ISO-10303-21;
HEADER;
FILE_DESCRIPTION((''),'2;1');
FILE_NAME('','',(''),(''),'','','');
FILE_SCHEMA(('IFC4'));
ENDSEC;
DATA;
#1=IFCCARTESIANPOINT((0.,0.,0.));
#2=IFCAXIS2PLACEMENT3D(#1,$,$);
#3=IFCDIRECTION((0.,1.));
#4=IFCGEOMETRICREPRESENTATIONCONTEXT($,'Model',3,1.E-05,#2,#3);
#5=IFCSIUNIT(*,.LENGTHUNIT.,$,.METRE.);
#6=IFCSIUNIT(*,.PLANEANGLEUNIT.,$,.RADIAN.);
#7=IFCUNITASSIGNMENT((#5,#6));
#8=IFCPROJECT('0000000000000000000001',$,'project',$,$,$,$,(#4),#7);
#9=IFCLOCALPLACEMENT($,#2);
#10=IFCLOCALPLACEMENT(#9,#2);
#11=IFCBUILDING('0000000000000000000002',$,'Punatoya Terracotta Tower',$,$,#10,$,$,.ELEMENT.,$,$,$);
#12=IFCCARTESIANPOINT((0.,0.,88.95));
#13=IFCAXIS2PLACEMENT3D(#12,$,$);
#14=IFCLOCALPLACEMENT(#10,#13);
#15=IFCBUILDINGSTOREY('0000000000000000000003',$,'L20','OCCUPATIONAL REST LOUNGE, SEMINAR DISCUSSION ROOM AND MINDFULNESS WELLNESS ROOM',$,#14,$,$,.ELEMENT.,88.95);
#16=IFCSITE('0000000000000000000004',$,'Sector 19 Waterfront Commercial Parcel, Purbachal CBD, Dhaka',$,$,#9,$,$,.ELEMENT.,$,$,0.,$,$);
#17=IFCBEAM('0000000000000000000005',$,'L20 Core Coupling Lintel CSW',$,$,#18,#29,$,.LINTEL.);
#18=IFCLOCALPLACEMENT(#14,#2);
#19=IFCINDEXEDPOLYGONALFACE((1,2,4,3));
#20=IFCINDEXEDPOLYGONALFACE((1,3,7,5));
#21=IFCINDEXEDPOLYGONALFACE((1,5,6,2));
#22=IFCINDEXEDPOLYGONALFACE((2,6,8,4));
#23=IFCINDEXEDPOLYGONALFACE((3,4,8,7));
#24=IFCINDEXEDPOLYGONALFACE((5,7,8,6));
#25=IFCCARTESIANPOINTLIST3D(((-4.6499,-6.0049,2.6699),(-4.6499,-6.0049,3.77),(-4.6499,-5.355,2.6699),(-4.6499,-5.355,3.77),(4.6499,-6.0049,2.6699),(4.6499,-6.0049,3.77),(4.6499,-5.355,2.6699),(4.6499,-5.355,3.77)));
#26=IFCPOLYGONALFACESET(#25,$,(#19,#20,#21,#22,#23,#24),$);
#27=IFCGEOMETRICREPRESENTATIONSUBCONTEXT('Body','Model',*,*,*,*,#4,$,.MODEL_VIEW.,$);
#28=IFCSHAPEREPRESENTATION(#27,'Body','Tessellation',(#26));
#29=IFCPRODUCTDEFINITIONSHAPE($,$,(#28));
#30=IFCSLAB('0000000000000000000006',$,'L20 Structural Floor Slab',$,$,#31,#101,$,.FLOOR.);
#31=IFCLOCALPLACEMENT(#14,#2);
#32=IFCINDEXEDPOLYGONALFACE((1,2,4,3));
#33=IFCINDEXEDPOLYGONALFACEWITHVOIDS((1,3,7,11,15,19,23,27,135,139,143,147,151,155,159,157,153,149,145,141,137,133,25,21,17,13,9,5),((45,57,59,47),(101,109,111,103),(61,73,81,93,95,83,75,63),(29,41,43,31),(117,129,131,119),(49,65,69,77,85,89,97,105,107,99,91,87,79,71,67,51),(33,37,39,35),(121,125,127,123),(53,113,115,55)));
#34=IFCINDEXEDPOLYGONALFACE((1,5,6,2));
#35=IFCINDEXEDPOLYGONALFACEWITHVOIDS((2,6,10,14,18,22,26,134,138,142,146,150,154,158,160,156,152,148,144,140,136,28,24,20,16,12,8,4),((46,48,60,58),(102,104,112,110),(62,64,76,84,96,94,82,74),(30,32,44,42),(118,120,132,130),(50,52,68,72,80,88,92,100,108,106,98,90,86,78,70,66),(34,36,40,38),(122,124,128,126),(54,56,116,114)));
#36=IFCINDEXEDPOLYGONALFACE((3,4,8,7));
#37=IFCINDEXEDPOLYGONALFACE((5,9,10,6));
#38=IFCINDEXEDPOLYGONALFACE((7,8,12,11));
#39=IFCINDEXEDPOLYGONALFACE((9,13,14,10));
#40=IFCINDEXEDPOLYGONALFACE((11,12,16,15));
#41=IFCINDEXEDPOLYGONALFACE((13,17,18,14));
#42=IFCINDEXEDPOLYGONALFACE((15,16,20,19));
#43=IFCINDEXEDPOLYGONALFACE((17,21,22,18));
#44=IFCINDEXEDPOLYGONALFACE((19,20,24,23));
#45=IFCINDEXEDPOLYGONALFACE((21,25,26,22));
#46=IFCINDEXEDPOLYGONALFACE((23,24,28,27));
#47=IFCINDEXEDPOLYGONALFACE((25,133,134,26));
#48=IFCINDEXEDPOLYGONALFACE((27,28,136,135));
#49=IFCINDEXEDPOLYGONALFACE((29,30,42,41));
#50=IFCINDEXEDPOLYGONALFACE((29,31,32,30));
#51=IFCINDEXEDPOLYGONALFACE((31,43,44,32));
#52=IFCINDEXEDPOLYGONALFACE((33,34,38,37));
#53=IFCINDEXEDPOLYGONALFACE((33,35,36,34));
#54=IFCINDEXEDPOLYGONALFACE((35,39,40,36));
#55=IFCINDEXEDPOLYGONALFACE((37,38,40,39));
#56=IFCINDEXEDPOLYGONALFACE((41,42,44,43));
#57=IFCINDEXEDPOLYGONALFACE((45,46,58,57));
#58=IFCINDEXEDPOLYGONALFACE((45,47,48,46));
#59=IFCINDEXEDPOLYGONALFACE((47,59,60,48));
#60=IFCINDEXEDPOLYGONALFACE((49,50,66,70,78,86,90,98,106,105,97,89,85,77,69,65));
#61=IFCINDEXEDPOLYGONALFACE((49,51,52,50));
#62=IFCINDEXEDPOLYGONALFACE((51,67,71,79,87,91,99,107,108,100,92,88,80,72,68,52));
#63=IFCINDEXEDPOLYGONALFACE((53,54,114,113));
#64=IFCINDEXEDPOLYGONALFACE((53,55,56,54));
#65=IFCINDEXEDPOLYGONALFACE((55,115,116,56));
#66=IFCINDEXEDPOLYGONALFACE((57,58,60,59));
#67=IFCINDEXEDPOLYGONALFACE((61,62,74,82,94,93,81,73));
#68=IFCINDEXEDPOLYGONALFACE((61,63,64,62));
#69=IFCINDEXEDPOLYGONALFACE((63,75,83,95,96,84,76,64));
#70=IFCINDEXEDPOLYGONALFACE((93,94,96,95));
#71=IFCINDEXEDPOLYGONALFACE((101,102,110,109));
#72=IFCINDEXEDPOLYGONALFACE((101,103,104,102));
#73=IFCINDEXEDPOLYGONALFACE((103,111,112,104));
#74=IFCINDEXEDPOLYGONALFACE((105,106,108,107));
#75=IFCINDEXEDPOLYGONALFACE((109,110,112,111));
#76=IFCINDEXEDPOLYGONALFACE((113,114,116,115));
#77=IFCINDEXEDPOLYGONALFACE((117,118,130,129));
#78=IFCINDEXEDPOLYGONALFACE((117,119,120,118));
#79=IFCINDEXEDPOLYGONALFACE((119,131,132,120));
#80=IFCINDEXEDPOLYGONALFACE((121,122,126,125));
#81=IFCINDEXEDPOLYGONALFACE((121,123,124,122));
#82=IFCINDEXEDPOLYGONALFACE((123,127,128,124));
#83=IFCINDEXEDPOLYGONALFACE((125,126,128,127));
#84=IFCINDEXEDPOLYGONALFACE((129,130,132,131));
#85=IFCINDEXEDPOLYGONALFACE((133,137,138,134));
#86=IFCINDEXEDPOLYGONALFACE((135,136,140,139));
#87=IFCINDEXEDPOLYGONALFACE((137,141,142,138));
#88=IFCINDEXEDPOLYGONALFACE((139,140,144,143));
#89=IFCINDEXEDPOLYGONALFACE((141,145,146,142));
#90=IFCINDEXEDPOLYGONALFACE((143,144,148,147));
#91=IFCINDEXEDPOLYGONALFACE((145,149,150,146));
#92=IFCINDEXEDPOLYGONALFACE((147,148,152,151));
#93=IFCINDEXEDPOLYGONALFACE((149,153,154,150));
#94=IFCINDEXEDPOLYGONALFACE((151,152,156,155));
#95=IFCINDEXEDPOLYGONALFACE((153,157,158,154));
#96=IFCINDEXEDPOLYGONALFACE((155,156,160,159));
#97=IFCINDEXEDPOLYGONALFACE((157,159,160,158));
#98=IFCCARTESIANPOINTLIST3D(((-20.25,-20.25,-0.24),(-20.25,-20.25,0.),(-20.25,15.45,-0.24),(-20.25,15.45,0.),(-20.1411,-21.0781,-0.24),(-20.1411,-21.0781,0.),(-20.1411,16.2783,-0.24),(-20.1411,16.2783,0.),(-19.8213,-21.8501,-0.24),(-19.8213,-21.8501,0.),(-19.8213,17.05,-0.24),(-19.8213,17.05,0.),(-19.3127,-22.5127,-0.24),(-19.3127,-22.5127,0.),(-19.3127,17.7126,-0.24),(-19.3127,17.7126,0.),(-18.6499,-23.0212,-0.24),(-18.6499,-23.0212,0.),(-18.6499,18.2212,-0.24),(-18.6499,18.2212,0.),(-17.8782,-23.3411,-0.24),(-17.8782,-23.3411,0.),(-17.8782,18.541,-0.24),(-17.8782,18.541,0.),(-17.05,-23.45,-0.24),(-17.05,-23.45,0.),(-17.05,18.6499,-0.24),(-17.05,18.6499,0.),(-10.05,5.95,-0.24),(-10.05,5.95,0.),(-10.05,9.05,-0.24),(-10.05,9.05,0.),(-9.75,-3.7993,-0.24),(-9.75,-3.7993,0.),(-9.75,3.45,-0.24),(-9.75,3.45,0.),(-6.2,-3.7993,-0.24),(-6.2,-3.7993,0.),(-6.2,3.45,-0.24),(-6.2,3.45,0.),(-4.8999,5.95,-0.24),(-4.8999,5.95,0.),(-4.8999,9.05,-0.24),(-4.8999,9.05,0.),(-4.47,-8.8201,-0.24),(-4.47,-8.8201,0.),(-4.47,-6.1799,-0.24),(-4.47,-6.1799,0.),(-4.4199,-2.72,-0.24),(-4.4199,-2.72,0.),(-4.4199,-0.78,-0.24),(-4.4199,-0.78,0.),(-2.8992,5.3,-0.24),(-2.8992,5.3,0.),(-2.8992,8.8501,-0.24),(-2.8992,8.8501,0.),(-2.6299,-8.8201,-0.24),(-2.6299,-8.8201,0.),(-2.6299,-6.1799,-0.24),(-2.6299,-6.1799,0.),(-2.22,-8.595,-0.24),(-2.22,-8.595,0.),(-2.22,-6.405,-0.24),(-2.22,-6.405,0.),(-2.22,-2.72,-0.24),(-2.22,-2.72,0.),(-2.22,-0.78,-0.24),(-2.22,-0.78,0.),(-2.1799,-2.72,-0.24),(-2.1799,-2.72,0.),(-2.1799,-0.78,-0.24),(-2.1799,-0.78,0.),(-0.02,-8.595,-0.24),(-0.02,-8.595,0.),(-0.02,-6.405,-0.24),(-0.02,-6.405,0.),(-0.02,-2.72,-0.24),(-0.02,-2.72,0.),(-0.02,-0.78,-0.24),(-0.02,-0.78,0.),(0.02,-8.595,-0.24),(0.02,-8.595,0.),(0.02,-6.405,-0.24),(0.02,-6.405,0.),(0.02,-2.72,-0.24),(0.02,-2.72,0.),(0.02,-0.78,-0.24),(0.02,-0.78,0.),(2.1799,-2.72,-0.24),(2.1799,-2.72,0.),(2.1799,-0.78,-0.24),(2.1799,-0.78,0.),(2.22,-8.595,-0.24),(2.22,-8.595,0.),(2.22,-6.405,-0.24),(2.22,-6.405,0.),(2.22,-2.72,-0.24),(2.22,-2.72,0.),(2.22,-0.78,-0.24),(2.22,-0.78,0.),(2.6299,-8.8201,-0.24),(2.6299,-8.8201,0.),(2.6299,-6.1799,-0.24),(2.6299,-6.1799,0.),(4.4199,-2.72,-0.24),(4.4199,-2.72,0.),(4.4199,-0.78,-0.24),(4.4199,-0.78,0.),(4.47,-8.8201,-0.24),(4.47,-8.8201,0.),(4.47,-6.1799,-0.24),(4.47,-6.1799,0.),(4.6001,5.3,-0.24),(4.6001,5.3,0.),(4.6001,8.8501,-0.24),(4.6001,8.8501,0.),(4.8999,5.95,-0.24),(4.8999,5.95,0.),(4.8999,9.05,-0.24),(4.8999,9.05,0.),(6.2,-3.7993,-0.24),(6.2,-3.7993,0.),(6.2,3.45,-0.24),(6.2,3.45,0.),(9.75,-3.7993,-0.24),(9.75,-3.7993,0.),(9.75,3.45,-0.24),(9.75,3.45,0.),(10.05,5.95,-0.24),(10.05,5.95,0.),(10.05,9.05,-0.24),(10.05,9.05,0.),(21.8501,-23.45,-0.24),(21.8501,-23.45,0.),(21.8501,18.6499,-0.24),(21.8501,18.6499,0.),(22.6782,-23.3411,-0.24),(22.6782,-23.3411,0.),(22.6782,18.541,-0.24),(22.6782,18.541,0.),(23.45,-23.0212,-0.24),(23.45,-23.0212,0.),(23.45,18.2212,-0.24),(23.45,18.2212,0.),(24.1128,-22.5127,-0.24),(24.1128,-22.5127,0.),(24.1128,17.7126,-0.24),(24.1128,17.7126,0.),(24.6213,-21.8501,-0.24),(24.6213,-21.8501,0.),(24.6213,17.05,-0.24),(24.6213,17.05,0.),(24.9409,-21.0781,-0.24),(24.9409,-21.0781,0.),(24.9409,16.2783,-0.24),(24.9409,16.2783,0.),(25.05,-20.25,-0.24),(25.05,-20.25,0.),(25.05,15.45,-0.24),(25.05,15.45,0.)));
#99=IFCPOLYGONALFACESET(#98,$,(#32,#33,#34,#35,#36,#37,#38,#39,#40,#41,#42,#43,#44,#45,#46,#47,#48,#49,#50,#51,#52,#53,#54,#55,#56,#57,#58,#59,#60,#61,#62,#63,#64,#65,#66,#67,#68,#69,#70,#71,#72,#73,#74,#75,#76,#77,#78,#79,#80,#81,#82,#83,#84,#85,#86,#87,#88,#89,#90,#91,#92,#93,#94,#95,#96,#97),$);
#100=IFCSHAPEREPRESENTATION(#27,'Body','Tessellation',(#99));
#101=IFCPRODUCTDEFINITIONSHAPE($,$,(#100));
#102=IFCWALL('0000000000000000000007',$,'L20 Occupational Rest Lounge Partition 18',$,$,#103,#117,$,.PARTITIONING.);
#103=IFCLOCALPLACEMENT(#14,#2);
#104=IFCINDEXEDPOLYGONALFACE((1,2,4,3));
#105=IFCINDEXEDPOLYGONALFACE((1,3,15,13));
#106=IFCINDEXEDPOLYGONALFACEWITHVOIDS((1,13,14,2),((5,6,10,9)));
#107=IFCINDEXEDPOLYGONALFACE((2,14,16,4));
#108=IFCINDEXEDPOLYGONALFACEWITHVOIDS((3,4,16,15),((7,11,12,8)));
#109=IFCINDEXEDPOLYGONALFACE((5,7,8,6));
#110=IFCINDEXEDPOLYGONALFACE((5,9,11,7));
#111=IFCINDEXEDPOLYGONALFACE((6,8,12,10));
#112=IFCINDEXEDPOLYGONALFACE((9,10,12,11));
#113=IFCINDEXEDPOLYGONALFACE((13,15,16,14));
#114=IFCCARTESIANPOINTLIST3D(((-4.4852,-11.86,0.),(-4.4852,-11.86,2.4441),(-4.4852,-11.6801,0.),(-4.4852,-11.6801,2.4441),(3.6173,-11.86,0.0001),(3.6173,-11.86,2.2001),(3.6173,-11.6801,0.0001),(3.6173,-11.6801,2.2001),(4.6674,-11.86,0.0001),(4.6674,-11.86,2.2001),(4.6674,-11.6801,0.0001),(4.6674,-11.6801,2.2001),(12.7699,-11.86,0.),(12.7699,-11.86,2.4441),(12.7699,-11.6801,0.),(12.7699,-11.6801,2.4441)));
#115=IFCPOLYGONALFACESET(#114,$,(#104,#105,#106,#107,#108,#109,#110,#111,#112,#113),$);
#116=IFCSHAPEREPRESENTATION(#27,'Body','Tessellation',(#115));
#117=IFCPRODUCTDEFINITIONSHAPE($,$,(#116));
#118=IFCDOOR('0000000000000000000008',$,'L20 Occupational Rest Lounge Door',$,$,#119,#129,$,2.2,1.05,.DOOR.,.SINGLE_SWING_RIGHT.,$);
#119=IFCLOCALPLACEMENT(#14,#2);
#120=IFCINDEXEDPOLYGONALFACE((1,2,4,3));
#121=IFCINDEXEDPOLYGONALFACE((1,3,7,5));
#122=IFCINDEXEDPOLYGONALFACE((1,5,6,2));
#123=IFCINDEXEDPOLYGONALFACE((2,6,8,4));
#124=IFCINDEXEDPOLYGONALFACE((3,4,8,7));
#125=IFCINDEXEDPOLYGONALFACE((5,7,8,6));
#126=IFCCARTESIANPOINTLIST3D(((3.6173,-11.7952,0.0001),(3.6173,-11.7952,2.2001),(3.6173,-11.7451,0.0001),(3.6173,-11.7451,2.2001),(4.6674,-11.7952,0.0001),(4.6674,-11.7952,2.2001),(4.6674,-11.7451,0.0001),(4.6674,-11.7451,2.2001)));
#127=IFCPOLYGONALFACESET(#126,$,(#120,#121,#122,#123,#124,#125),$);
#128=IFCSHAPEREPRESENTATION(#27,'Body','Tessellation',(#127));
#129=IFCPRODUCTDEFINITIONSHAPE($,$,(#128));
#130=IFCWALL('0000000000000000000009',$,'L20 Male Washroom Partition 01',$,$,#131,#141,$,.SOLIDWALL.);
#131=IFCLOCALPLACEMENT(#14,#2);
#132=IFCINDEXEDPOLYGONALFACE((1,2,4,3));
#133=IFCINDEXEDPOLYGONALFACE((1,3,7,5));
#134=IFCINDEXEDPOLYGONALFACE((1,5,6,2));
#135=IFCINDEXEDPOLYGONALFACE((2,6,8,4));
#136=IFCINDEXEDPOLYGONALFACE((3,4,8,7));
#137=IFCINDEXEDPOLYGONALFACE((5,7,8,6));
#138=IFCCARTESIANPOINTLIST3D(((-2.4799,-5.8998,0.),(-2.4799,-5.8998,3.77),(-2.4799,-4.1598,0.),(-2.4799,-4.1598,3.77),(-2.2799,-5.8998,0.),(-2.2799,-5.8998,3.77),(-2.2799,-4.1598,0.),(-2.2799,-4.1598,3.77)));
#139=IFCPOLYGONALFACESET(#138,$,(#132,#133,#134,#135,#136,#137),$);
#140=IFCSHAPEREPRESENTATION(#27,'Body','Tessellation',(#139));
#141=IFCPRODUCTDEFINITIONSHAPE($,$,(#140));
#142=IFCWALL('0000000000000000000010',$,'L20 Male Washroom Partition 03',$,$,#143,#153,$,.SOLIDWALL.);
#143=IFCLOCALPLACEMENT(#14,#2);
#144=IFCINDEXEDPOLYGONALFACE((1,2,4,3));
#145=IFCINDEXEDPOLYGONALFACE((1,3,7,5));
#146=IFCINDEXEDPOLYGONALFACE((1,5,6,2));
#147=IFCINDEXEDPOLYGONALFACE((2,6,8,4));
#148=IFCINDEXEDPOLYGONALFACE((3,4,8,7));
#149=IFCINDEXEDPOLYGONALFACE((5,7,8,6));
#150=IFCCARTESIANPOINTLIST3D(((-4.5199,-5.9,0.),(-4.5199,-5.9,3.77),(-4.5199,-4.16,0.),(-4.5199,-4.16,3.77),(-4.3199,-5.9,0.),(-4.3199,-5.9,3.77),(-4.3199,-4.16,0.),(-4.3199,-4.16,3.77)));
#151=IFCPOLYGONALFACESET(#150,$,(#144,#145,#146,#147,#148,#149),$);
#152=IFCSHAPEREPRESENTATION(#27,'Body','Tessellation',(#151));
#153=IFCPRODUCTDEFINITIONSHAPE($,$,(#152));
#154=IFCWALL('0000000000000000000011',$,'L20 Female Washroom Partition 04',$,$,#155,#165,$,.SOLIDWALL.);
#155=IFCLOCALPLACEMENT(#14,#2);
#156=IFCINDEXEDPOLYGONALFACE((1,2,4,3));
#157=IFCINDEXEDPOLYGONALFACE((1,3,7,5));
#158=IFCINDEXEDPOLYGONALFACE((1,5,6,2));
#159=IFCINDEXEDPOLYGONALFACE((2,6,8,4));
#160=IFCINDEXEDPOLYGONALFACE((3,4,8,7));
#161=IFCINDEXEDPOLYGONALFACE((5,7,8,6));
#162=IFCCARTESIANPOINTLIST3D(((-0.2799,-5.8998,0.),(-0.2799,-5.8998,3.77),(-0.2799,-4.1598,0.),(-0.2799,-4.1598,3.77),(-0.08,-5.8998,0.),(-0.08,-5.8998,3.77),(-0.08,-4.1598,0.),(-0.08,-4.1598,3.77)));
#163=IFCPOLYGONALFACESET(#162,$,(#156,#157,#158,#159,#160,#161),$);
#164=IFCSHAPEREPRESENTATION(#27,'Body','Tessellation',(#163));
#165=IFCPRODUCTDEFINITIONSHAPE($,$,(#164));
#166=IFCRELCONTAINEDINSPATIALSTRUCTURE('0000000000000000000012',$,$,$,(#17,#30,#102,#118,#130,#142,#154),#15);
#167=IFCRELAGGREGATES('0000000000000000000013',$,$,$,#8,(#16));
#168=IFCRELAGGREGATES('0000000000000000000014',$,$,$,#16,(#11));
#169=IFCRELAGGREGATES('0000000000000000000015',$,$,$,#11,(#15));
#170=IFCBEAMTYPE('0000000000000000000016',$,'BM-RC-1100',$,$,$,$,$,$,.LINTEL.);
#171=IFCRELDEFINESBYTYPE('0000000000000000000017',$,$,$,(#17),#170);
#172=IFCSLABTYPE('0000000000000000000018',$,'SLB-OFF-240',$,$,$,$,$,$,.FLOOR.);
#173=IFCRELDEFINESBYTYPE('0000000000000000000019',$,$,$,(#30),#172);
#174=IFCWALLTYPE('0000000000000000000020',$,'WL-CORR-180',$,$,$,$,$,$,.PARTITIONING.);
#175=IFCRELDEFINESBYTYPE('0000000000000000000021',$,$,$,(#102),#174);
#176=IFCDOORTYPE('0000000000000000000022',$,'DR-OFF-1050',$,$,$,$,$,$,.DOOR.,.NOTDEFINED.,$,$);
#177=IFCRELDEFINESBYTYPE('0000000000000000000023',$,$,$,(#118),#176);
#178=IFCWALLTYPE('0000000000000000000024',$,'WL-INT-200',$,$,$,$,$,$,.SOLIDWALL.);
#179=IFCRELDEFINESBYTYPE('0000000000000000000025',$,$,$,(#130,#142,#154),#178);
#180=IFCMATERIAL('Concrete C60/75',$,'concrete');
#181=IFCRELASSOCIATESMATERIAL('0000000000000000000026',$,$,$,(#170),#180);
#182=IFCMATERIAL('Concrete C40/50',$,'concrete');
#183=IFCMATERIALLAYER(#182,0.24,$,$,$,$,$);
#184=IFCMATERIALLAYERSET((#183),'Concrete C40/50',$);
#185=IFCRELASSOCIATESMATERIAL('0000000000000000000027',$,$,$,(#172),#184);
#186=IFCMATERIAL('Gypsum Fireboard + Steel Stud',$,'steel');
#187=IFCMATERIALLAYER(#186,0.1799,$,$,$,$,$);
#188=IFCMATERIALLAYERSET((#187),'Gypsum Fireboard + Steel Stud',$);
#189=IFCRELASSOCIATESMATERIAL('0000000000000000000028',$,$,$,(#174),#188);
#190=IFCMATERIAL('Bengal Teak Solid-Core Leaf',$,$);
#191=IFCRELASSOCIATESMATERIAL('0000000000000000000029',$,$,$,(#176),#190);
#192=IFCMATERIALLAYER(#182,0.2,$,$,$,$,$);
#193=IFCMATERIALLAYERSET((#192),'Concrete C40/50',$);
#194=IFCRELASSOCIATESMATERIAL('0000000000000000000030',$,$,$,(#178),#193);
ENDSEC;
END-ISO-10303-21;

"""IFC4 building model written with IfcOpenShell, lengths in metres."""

from ifc_helpers import new_model, si_unit, direction, frame, frame_2d, origin, origin_2d, place, context, subcontext, project, spatial, polyline, rectangle, outline, extrude, material, layer, layer_set, material_profile, profile_set, type_object, element, fill, save


model = new_model("IFC4")

# Units and contexts
model_context = context("Model", 3, precision=1e-05, world=origin(), true_north=direction((0.0, 1.0)))
body_context = subcontext(model_context, "Body", "Model", "MODEL_VIEW")
ifc_project = project(units=[si_unit("LENGTHUNIT", "METRE"), si_unit("PLANEANGLEUNIT", "RADIAN")], contexts=[model_context])

# Site, building, storey
site_placement = place(None, origin())
site = spatial("IfcSite", under=ifc_project, at=site_placement, Name="Sector 19 Waterfront Commercial Parcel, Purbachal CBD, Dhaka", CompositionType="ELEMENT", RefElevation=0.0)
building_placement = place(site_placement, origin())
building = spatial("IfcBuilding", under=site, at=building_placement, Name="Punatoya Terracotta Tower", CompositionType="ELEMENT")
storey_placement = place(building_placement, frame((0.0, 0.0, 88.95)))
storey = spatial("IfcBuildingStorey", under=building, at=storey_placement, Name="L20", Description="OCCUPATIONAL REST LOUNGE, SEMINAR DISCUSSION ROOM AND MINDFULNESS WELLNESS ROOM", CompositionType="ELEMENT", Elevation=88.95)

# Beam
ifc_material_1 = material(Name="Concrete C60/75", Category="concrete")
ifc_material_profile = material_profile(ifc_material_1, rectangle(XDim=0.6499, YDim=1.1001, at=origin_2d()))
ifc_profile_set = profile_set([ifc_material_profile], Name="Concrete C60/75")
beam_type = type_object("IfcBeamType", Name="BM-RC-1100", PredefinedType="LINTEL", material=ifc_profile_set)
beam_placement = place(storey_placement, frame((-4.6499, -5.6799, 3.22), z_axis=(1.0, 0.0, 0.0), x_axis=(0.0, 1.0, 0.0)))
element("IfcBeam", 1, at=beam_placement, inside=storey, type_object=beam_type, Name="L20 Core Coupling Lintel CSW", PredefinedType="LINTEL", context=body_context, shape_type="SweptSolid", body=[
    extrude(rectangle(XDim=0.6499, YDim=1.1001, at=origin_2d()), origin(), (0.0, 0.0, 1.0), 9.2998),
])

# Slab
ifc_material_2 = material(Name="Concrete C40/50", Category="concrete")
ifc_layer_1 = layer(ifc_material_2, 0.24)
ifc_layer_set_1 = layer_set([ifc_layer_1], Name="Concrete C40/50")
slab_type = type_object("IfcSlabType", Name="SLB-OFF-240", PredefinedType="FLOOR", material=ifc_layer_set_1)
slab_placement = place(storey_placement, frame((0.0, 0.0, -0.24)))
element("IfcSlab", 2, at=slab_placement, inside=storey, type_object=slab_type, Name="L20 Structural Floor Slab", PredefinedType="FLOOR", context=body_context, shape_type="SweptSolid", body=[
    extrude(outline(polyline([(-17.05, -23.45), (-17.8782, -23.3411), (-18.6499, -23.0212), (-19.3127, -22.5127), (-19.8213, -21.8501), (-20.1411, -21.0781), (-20.25, -20.25), (-20.25, 15.45), (-20.1411, 16.2783), (-19.8213, 17.05), (-19.3127, 17.7126), (-18.6499, 18.2212), (-17.8782, 18.541), (-17.05, 18.6499), (21.8501, 18.6499), (22.6782, 18.541), (23.45, 18.2212), (24.1128, 17.7126), (24.6213, 17.05), (24.9409, 16.2783), (25.05, 15.45), (25.05, -20.25), (24.9409, -21.0781), (24.6213, -21.8501), (24.1128, -22.5127), (23.45, -23.0212), (22.6782, -23.3411), (21.8501, -23.45), (-17.05, -23.45)]), holes=[polyline([(-2.6299, -6.1799), (-4.47, -6.1799), (-4.47, -8.8201), (-2.6299, -8.8201), (-2.6299, -6.1799)]), polyline([(0.02, -8.595), (2.22, -8.595), (2.22, -6.405), (0.02, -6.405), (-0.02, -6.405), (-2.22, -6.405), (-2.22, -8.595), (-0.02, -8.595), (0.02, -8.595)]), polyline([(-2.22, -2.72), (-2.1799, -2.72), (-0.02, -2.72), (0.02, -2.72), (2.1799, -2.72), (2.22, -2.72), (4.4199, -2.72), (4.4199, -0.78), (2.22, -0.78), (2.1799, -0.78), (0.02, -0.78), (-0.02, -0.78), (-2.1799, -0.78), (-2.22, -0.78), (-4.4199, -0.78), (-4.4199, -2.72), (-2.22, -2.72)]), polyline([(-6.2, 3.45), (-9.75, 3.45), (-9.75, -3.7993), (-6.2, -3.7993), (-6.2, 3.45)]), polyline([(4.6001, 5.3), (4.6001, 8.8501), (-2.8992, 8.8501), (-2.8992, 5.3), (4.6001, 5.3)]), polyline([(-4.8999, 9.05), (-10.05, 9.05), (-10.05, 5.95), (-4.8999, 5.95), (-4.8999, 9.05)]), polyline([(4.47, -8.8201), (4.47, -6.1799), (2.6299, -6.1799), (2.6299, -8.8201), (4.47, -8.8201)]), polyline([(9.75, 3.45), (6.2, 3.45), (6.2, -3.7993), (9.75, -3.7993), (9.75, 3.45)]), polyline([(10.05, 5.95), (10.05, 9.05), (4.8999, 9.05), (4.8999, 5.95), (10.05, 5.95)])]), origin(), (0.0, 0.0, 1.0), 0.24),
])

# Wall, opening, door
ifc_material_3 = material(Name="Gypsum Fireboard + Steel Stud", Category="steel")
ifc_layer_2 = layer(ifc_material_3, 0.1799)
ifc_layer_set_2 = layer_set([ifc_layer_2], Name="Gypsum Fireboard + Steel Stud")
wall_type_1 = type_object("IfcWallType", Name="WL-CORR-180", PredefinedType="PARTITIONING", material=ifc_layer_set_2)
wall_1_placement = place(storey_placement, frame((-4.4851, -11.77, 0.0), z_axis=(0.0, 0.0, 1.0), x_axis=(1.0, 0.0, 0.0)))
wall_1 = element("IfcWall", 3, at=wall_1_placement, inside=storey, type_object=wall_type_1, Name="L20 Occupational Rest Lounge Partition 18", PredefinedType="PARTITIONING", context=body_context, shape_type="SweptSolid", body=[
    extrude(rectangle(XDim=17.2551, YDim=0.1799, at=frame_2d((8.6274, 0.0))), origin(), (0.0, 0.0, 1.0), 2.4441),
])
opening_1_placement = place(wall_1_placement, frame((8.1025, 0.0, 0.0)))
opening_1 = element("IfcOpeningElement", 4, at=opening_1_placement, cuts=wall_1, PredefinedType="OPENING", context=body_context, shape_type="SweptSolid", body=[
    extrude(rectangle(XDim=1.05, YDim=2.2, at=frame_2d((0.5249, 1.1001))), frame((0.0, 0.0999, 0.0), z_axis=(0.0, -1.0, 0.0), x_axis=(1.0, 0.0, 0.0)), (0.0, 0.0, 1.0), 0.2),
])
ifc_material_4 = material(Name="Bengal Teak Solid-Core Leaf")
door_type_1 = type_object("IfcDoorType", Name="DR-OFF-1050", OperationType="NOTDEFINED", PredefinedType="DOOR", material=ifc_material_4)
door_1_placement = place(opening_1_placement, origin())
door_1 = element("IfcDoor", 5, at=door_1_placement, inside=storey, type_object=door_type_1, Name="L20 Occupational Rest Lounge Door", OperationType="SINGLE_SWING_RIGHT", OverallHeight=2.2, OverallWidth=1.05, PredefinedType="DOOR", context=body_context, shape_type="SweptSolid", body=[
    extrude(rectangle(XDim=1.05, YDim=2.2, at=frame_2d((0.5249, 1.1001))), frame((0.0, 0.0249, 0.0), z_axis=(0.0, -1.0, 0.0), x_axis=(1.0, 0.0, 0.0)), (0.0, 0.0, 1.0), 0.05),
])
fill(opening_1, door_1)

# Wall
ifc_layer_3 = layer(ifc_material_2, 0.2)
ifc_layer_set_3 = layer_set([ifc_layer_3], Name="Concrete C40/50")
wall_type_2 = type_object("IfcWallType", Name="WL-INT-200", PredefinedType="SOLIDWALL", material=ifc_layer_set_3)
wall_2_placement = place(storey_placement, frame((-2.3799, -5.8999, 0.0), z_axis=(0.0, 0.0, 1.0), x_axis=(0.0, 1.0, 0.0)))
element("IfcWall", 6, at=wall_2_placement, inside=storey, type_object=wall_type_2, Name="L20 Male Washroom Partition 01", PredefinedType="SOLIDWALL", context=body_context, shape_type="SweptSolid", body=[
    extrude(rectangle(XDim=1.74, YDim=0.2, at=frame_2d((0.8701, 0.0))), origin(), (0.0, 0.0, 1.0), 3.77),
])

# Walls
for number, where, z_axis, x_axis, name in (
    (7, (-4.4199, -4.1599, 0.0), (0.0, 0.0, 1.0), (0.0, -1.0, 0.0), "L20 Male Washroom Partition 03"),
    (8, (-0.1799, -5.8999, 0.0), (0.0, 0.0, 1.0), (0.0, 1.0, 0.0), "L20 Female Washroom Partition 04"),
):
    element("IfcWall", number, at=place(storey_placement, frame(where, z_axis=z_axis, x_axis=x_axis)), inside=storey, type_object=wall_type_2, Name=name, PredefinedType="SOLIDWALL", context=body_context, shape_type="SweptSolid", body=[
        extrude(rectangle(XDim=1.74, YDim=0.2, at=frame_2d((0.8701, 0.0))), origin(), (0.0, 0.0, 1.0), 3.77),
    ])

save(model, "model.ifc")
